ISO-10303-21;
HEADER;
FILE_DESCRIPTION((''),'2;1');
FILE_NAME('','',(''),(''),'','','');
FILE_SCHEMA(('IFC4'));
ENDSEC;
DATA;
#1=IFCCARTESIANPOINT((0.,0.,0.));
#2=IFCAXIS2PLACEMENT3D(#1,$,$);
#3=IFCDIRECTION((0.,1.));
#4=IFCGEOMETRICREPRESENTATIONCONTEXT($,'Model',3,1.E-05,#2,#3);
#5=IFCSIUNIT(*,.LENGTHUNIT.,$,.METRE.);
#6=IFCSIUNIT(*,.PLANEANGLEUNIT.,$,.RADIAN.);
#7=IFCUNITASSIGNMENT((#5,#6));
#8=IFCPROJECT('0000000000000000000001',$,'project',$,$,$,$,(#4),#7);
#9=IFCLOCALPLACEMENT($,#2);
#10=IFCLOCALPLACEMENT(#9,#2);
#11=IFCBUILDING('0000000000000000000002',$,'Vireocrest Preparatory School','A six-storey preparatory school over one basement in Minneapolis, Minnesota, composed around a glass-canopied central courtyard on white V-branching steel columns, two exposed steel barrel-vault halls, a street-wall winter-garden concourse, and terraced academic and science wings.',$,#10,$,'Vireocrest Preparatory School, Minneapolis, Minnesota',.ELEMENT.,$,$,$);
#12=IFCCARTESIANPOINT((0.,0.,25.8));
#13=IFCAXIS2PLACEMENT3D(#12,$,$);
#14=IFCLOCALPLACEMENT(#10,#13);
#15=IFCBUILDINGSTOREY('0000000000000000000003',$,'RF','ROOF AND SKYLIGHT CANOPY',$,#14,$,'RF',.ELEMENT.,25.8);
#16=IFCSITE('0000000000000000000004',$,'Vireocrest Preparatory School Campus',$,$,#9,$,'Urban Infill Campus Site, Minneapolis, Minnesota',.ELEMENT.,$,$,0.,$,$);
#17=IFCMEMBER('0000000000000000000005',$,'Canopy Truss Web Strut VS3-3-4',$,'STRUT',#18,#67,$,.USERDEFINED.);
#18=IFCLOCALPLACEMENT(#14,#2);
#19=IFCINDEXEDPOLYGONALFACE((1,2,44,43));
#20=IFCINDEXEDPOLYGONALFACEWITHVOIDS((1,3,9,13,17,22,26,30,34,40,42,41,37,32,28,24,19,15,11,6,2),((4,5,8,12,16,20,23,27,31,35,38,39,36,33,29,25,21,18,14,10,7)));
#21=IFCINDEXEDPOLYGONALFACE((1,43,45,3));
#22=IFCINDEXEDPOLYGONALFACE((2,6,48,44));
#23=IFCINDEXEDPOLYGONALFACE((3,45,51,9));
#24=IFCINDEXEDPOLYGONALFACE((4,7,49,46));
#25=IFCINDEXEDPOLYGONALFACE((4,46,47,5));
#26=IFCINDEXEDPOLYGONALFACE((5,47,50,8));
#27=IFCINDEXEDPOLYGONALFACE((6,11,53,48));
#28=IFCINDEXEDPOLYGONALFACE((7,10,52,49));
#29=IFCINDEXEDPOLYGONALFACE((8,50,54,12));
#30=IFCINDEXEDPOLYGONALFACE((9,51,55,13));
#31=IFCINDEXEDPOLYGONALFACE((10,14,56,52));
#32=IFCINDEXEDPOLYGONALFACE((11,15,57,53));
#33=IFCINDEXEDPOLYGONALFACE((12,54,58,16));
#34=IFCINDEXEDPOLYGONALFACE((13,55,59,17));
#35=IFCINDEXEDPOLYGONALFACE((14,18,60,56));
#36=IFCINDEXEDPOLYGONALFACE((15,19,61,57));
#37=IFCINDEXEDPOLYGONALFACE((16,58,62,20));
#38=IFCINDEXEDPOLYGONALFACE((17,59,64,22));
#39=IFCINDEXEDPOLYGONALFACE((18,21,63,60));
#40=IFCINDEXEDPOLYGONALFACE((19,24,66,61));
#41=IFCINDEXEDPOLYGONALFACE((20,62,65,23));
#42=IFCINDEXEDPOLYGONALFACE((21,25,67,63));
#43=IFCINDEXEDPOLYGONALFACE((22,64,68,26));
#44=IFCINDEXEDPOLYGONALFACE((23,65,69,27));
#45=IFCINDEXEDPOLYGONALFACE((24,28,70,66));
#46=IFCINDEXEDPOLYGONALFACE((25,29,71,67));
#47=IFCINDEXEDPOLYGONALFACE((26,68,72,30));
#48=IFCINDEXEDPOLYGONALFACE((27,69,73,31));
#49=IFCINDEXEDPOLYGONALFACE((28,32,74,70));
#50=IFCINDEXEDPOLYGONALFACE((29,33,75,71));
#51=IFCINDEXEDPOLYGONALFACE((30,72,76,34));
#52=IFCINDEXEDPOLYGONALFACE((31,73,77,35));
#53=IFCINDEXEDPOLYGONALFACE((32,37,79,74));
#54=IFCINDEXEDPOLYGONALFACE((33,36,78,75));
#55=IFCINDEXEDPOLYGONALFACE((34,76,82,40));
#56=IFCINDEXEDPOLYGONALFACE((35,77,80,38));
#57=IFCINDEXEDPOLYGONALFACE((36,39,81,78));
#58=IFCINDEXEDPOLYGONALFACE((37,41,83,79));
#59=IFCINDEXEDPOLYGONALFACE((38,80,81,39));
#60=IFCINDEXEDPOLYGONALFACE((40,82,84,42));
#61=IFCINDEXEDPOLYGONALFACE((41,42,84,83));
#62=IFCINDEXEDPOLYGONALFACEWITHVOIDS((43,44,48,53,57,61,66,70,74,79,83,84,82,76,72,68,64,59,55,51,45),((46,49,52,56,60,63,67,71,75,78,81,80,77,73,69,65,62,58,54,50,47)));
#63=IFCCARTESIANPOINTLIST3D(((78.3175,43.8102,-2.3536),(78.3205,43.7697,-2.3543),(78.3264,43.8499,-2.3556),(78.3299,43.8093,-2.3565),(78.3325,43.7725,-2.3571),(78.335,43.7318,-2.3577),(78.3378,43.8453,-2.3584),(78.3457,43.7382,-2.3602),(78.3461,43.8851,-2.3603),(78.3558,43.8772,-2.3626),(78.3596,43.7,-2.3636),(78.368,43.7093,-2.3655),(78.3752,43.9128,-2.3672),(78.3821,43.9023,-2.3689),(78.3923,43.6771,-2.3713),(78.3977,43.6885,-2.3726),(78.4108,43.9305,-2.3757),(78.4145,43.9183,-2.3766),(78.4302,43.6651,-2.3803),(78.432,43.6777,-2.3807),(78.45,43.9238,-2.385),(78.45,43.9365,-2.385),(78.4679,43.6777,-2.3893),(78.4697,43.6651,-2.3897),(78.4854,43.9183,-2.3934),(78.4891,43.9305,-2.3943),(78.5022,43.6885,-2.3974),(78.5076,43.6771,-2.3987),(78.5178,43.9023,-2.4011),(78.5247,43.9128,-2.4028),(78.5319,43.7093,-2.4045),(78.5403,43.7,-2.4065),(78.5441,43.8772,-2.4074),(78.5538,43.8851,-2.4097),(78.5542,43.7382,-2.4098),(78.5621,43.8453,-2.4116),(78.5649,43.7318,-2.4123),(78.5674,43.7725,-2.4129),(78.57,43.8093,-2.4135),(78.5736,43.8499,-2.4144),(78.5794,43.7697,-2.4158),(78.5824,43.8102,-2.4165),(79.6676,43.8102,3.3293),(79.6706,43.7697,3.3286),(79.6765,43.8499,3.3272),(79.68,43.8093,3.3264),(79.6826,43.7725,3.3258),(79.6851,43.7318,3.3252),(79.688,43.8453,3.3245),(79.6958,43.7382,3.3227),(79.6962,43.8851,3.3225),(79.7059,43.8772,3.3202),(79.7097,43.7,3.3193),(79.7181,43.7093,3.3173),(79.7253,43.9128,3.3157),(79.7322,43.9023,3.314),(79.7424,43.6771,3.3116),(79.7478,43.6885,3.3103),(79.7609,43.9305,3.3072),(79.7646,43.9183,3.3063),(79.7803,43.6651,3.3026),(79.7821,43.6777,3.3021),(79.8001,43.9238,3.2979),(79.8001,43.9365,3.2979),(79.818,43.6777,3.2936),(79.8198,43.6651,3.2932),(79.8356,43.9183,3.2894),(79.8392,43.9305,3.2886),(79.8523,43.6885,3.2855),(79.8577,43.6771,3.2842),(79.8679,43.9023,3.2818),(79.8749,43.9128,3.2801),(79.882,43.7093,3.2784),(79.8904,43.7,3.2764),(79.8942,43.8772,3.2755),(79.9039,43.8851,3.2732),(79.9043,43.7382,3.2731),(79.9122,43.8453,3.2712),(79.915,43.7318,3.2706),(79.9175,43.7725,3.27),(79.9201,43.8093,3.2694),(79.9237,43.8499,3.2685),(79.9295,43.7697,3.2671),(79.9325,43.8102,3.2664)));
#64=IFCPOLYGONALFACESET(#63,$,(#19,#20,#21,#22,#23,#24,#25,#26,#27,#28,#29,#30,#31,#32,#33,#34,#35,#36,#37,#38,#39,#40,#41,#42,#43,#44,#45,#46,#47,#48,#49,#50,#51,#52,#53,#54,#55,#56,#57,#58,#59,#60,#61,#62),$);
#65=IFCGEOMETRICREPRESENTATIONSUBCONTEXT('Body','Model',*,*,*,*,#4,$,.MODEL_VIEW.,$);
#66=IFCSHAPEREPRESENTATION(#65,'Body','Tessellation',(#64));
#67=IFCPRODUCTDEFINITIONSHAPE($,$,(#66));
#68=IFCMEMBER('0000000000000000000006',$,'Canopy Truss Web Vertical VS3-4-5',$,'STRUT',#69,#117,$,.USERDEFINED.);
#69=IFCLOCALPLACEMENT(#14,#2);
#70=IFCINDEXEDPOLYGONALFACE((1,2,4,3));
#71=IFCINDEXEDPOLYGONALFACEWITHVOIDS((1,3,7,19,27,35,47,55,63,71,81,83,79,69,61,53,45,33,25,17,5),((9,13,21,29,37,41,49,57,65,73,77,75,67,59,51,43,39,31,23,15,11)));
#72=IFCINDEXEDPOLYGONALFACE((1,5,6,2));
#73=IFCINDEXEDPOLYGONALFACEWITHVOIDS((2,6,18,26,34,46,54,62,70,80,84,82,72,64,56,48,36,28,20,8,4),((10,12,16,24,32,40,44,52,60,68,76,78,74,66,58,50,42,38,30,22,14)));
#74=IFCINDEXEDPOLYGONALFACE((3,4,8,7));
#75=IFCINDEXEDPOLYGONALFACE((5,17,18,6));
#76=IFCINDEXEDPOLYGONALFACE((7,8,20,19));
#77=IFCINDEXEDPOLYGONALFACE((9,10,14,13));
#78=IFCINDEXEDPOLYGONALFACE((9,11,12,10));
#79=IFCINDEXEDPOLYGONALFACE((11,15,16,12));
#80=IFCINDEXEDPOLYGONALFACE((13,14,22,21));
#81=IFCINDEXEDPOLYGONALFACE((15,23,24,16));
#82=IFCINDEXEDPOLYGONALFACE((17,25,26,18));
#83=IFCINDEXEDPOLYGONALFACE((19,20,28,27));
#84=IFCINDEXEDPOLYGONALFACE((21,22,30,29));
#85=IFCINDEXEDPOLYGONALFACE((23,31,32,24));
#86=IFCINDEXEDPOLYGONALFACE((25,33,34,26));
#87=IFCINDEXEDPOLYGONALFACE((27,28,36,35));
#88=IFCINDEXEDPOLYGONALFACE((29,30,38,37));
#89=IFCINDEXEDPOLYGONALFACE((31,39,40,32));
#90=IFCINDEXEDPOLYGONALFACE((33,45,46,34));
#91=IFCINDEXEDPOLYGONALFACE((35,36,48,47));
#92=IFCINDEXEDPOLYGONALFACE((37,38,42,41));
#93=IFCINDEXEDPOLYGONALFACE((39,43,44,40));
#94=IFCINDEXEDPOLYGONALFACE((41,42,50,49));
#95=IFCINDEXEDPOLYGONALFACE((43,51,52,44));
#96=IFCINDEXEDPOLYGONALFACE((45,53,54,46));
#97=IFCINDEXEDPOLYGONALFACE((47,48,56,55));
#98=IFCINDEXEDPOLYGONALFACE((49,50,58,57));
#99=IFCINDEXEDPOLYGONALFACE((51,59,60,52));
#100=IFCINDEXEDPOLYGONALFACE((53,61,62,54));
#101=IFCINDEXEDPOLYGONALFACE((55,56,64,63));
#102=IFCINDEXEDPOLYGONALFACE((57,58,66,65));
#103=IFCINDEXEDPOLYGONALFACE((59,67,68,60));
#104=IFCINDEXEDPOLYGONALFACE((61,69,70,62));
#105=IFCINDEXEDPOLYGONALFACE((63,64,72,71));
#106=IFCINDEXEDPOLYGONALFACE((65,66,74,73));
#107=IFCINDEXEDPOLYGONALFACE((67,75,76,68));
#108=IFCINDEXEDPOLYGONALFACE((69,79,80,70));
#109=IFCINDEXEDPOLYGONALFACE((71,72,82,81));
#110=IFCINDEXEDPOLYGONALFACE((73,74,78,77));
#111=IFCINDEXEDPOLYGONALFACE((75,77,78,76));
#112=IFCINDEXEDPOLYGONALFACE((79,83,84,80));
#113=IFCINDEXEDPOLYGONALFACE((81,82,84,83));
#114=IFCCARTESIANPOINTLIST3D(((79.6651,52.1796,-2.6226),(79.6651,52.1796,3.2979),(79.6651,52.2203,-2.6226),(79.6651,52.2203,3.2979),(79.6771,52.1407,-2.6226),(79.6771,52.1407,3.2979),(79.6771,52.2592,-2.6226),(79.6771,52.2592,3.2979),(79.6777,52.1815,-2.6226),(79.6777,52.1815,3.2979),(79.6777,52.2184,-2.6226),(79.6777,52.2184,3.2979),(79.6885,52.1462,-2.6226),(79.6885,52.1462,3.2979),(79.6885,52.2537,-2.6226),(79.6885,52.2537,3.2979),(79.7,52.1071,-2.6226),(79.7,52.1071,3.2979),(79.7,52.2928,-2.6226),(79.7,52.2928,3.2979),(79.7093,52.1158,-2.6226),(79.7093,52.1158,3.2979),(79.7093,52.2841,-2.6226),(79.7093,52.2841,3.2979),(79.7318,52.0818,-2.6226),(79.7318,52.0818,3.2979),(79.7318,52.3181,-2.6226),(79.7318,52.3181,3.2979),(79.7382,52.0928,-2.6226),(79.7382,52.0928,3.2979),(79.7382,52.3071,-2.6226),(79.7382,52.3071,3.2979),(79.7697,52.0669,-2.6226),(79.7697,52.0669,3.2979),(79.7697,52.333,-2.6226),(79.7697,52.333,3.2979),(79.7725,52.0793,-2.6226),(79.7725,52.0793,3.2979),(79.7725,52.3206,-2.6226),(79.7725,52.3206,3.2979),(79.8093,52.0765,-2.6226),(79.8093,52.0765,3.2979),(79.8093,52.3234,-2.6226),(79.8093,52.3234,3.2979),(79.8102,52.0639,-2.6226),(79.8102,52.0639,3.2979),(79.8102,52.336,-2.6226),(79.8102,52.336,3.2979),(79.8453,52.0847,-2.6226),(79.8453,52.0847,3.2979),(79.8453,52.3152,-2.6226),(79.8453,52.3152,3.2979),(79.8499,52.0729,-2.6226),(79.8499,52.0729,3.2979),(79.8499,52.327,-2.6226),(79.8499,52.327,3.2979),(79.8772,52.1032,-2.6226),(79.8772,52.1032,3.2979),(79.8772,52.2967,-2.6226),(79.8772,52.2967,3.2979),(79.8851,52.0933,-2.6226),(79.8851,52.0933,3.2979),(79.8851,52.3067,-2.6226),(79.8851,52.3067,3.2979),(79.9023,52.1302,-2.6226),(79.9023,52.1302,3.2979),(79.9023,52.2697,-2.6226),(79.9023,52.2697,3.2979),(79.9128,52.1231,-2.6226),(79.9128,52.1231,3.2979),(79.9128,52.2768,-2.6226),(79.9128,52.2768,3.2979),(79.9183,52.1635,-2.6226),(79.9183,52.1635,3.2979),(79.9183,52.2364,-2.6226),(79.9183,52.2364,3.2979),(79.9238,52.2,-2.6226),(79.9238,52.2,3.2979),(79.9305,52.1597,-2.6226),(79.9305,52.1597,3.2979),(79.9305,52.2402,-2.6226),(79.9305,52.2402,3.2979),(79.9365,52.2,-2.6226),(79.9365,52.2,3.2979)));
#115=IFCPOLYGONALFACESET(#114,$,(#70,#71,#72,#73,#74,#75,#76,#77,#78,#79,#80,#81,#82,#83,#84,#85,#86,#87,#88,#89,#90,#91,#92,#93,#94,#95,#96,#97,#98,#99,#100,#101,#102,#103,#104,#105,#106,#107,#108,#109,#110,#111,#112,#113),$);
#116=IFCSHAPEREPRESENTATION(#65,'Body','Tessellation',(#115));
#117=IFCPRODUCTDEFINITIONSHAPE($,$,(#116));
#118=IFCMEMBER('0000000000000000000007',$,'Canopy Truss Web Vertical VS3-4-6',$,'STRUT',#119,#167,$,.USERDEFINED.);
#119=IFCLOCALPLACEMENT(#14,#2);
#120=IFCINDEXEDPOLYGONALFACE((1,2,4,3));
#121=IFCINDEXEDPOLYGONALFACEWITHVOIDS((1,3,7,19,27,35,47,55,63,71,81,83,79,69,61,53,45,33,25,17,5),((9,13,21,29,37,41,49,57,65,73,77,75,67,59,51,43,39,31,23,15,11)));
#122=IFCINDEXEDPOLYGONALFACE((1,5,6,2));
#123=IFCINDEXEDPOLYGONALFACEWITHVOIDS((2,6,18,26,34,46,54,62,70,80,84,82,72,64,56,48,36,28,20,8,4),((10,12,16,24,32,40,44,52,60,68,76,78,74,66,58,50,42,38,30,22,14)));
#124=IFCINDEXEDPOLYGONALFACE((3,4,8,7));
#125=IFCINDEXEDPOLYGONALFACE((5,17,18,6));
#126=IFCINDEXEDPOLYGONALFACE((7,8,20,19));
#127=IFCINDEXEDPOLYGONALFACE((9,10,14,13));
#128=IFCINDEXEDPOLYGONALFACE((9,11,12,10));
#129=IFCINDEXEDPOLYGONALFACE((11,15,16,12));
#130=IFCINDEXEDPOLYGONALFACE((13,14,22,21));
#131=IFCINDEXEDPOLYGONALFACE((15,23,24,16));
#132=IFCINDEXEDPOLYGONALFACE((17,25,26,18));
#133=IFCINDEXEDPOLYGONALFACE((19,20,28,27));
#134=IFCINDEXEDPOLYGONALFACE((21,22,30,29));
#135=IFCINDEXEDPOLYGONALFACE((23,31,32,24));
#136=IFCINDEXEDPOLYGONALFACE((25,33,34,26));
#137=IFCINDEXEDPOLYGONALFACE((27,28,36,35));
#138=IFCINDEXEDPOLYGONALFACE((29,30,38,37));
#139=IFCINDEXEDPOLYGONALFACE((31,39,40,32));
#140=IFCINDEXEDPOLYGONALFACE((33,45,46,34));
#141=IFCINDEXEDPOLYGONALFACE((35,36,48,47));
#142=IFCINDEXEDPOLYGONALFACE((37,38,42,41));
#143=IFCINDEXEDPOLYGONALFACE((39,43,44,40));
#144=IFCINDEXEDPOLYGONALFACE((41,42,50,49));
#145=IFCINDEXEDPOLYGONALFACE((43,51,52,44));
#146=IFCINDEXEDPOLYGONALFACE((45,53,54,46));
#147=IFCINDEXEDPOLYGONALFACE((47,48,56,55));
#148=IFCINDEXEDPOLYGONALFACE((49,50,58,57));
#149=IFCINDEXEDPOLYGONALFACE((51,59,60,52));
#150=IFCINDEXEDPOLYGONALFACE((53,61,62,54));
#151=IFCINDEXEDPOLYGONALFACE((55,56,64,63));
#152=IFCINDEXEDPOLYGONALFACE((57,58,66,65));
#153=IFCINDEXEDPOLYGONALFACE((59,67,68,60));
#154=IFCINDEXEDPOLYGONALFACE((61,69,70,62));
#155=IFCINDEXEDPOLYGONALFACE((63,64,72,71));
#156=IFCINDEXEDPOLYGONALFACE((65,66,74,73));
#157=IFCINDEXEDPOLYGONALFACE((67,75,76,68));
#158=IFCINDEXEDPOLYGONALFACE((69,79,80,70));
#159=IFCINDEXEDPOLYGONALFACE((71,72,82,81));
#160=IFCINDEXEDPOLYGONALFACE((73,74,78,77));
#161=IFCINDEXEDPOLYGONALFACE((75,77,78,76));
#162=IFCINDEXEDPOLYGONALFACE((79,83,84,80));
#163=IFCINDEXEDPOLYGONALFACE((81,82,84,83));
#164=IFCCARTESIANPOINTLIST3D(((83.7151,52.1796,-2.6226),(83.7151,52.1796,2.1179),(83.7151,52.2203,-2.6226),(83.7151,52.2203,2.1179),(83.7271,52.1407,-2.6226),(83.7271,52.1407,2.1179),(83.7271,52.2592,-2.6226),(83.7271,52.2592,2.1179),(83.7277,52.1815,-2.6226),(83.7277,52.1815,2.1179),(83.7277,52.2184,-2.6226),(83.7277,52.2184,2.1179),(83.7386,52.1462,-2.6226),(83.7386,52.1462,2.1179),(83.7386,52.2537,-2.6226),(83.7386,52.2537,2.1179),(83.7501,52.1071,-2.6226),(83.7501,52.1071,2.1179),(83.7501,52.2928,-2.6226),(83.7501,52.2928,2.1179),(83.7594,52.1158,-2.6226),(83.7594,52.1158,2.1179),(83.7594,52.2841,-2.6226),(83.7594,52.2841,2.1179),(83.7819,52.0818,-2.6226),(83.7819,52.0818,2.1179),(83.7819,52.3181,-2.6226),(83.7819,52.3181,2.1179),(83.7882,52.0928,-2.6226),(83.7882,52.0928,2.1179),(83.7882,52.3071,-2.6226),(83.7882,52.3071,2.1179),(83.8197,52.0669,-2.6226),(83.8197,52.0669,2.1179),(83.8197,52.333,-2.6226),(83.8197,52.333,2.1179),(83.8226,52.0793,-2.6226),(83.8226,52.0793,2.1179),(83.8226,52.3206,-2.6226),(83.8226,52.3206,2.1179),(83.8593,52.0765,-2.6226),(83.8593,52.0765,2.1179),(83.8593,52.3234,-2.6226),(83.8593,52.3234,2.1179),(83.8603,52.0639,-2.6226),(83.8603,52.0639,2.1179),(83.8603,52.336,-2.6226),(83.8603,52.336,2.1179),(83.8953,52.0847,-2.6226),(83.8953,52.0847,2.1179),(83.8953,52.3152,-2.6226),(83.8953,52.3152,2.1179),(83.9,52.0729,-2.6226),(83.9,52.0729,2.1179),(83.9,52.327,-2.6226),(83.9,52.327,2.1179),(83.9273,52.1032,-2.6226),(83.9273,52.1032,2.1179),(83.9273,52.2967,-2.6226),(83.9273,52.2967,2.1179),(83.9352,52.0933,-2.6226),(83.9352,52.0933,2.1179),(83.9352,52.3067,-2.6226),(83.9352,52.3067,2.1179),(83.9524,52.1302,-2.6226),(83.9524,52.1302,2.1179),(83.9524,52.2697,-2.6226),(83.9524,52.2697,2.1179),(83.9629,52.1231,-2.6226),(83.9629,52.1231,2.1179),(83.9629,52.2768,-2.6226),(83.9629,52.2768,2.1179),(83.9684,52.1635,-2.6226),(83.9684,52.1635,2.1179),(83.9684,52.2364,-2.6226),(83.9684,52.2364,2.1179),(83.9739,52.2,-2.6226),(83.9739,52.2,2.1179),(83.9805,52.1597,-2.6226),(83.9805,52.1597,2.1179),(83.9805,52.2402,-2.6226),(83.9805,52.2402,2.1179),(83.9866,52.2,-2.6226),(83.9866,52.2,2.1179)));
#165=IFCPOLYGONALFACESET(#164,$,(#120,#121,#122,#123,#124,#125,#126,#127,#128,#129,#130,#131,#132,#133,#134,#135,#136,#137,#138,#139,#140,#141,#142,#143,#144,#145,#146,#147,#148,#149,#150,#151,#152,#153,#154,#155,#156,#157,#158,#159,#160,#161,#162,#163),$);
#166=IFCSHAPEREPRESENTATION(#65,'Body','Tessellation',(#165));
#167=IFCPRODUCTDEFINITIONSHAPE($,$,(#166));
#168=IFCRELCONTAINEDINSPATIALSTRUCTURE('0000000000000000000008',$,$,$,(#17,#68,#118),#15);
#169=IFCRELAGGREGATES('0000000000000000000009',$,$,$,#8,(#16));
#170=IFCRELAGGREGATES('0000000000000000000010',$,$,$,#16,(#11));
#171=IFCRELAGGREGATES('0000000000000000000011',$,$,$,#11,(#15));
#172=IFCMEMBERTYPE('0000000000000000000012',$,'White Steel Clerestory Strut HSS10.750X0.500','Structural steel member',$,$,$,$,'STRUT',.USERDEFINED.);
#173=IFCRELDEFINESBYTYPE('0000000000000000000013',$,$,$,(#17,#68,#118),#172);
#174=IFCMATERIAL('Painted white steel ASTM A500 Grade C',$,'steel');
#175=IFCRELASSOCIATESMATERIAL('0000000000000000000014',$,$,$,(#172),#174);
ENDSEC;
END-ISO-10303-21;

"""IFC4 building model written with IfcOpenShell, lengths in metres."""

from ifc_helpers import new_model, si_unit, direction, frame, origin, origin_2d, place, context, subcontext, project, spatial, hollow_circle, extrude, material, material_profile, profile_set, type_object, element, save


model = new_model("IFC4")

# Units and contexts
model_context = context("Model", 3, precision=1e-05, world=origin(), true_north=direction((0.0, 1.0)))
body_context = subcontext(model_context, "Body", "Model", "MODEL_VIEW")
ifc_project = project(units=[si_unit("LENGTHUNIT", "METRE"), si_unit("PLANEANGLEUNIT", "RADIAN")], contexts=[model_context])

# Site, building, storey
site_placement = place(None, origin())
site = spatial("IfcSite", under=ifc_project, at=site_placement, Name="Vireocrest Preparatory School Campus", LongName="Urban Infill Campus Site, Minneapolis, Minnesota", CompositionType="ELEMENT", RefElevation=0.0)
building_placement = place(site_placement, origin())
building = spatial("IfcBuilding", under=site, at=building_placement, Name="Vireocrest Preparatory School", Description="A six-storey preparatory school over one basement in Minneapolis, Minnesota, composed around a glass-canopied central courtyard on white V-branching steel columns, two exposed steel barrel-vault halls, a street-wall winter-garden concourse, and terraced academic and science wings.", LongName="Vireocrest Preparatory School, Minneapolis, Minnesota", CompositionType="ELEMENT")
storey_placement = place(building_placement, frame((0.0, 0.0, 25.8)))
storey = spatial("IfcBuildingStorey", under=building, at=storey_placement, Name="RF", Description="ROOF AND SKYLIGHT CANOPY", LongName="RF", CompositionType="ELEMENT", Elevation=25.8)

# Shared definitions
ifc_material_1 = material(Name="Painted white steel ASTM A500 Grade C", Category="steel")

# Members
ifc_material_profile_1 = material_profile(ifc_material_1, hollow_circle(Radius=0.1365, WallThickness=0.0127, at=origin_2d()), Name="HSS10.750X0.500")
ifc_profile_set_1 = profile_set([ifc_material_profile_1], Name="Painted white steel ASTM A500 Grade C")
member_type_1 = type_object("IfcMemberType", Name="White Steel Clerestory Strut HSS10.750X0.500", Description="Structural steel member", ElementType="STRUT", PredefinedType="USERDEFINED", material=ifc_profile_set_1)
member_1_placement = place(storey_placement, frame((78.45, 43.8, -2.385), z_axis=(0.23114, 0.0, 0.97292), x_axis=(0.0, 1.0, 0.0)))
element("IfcMember", 1, at=member_1_placement, inside=storey, type_object=member_type_1, Name="Canopy Truss Web Strut VS3-3-4", ObjectType="STRUT", PredefinedType="USERDEFINED", context=body_context, shape_type="SweptSolid", body=[
    extrude(hollow_circle(Radius=0.1365, WallThickness=0.0127, at=origin_2d()), origin(), (0.0, 0.0, 1.0), 5.8411),
])
member_2_placement = place(storey_placement, frame((79.8, 52.2, -2.6226), z_axis=(0.0, 0.0, 1.0), x_axis=(1.0, 0.0, 0.0)))
element("IfcMember", 2, at=member_2_placement, inside=storey, type_object=member_type_1, Name="Canopy Truss Web Vertical VS3-4-5", ObjectType="STRUT", PredefinedType="USERDEFINED", context=body_context, shape_type="SweptSolid", body=[
    extrude(hollow_circle(Radius=0.1365, WallThickness=0.0127, at=origin_2d()), origin(), (0.0, 0.0, 1.0), 5.9204),
])
member_3_placement = place(storey_placement, frame((83.8501, 52.2, -2.6226), z_axis=(0.0, 0.0, 1.0), x_axis=(1.0, 0.0, 0.0)))
element("IfcMember", 3, at=member_3_placement, inside=storey, type_object=member_type_1, Name="Canopy Truss Web Vertical VS3-4-6", ObjectType="STRUT", PredefinedType="USERDEFINED", context=body_context, shape_type="SweptSolid", body=[
    extrude(hollow_circle(Radius=0.1365, WallThickness=0.0127, at=origin_2d()), origin(), (0.0, 0.0, 1.0), 4.7405),
])

save(model, "model.ifc")
